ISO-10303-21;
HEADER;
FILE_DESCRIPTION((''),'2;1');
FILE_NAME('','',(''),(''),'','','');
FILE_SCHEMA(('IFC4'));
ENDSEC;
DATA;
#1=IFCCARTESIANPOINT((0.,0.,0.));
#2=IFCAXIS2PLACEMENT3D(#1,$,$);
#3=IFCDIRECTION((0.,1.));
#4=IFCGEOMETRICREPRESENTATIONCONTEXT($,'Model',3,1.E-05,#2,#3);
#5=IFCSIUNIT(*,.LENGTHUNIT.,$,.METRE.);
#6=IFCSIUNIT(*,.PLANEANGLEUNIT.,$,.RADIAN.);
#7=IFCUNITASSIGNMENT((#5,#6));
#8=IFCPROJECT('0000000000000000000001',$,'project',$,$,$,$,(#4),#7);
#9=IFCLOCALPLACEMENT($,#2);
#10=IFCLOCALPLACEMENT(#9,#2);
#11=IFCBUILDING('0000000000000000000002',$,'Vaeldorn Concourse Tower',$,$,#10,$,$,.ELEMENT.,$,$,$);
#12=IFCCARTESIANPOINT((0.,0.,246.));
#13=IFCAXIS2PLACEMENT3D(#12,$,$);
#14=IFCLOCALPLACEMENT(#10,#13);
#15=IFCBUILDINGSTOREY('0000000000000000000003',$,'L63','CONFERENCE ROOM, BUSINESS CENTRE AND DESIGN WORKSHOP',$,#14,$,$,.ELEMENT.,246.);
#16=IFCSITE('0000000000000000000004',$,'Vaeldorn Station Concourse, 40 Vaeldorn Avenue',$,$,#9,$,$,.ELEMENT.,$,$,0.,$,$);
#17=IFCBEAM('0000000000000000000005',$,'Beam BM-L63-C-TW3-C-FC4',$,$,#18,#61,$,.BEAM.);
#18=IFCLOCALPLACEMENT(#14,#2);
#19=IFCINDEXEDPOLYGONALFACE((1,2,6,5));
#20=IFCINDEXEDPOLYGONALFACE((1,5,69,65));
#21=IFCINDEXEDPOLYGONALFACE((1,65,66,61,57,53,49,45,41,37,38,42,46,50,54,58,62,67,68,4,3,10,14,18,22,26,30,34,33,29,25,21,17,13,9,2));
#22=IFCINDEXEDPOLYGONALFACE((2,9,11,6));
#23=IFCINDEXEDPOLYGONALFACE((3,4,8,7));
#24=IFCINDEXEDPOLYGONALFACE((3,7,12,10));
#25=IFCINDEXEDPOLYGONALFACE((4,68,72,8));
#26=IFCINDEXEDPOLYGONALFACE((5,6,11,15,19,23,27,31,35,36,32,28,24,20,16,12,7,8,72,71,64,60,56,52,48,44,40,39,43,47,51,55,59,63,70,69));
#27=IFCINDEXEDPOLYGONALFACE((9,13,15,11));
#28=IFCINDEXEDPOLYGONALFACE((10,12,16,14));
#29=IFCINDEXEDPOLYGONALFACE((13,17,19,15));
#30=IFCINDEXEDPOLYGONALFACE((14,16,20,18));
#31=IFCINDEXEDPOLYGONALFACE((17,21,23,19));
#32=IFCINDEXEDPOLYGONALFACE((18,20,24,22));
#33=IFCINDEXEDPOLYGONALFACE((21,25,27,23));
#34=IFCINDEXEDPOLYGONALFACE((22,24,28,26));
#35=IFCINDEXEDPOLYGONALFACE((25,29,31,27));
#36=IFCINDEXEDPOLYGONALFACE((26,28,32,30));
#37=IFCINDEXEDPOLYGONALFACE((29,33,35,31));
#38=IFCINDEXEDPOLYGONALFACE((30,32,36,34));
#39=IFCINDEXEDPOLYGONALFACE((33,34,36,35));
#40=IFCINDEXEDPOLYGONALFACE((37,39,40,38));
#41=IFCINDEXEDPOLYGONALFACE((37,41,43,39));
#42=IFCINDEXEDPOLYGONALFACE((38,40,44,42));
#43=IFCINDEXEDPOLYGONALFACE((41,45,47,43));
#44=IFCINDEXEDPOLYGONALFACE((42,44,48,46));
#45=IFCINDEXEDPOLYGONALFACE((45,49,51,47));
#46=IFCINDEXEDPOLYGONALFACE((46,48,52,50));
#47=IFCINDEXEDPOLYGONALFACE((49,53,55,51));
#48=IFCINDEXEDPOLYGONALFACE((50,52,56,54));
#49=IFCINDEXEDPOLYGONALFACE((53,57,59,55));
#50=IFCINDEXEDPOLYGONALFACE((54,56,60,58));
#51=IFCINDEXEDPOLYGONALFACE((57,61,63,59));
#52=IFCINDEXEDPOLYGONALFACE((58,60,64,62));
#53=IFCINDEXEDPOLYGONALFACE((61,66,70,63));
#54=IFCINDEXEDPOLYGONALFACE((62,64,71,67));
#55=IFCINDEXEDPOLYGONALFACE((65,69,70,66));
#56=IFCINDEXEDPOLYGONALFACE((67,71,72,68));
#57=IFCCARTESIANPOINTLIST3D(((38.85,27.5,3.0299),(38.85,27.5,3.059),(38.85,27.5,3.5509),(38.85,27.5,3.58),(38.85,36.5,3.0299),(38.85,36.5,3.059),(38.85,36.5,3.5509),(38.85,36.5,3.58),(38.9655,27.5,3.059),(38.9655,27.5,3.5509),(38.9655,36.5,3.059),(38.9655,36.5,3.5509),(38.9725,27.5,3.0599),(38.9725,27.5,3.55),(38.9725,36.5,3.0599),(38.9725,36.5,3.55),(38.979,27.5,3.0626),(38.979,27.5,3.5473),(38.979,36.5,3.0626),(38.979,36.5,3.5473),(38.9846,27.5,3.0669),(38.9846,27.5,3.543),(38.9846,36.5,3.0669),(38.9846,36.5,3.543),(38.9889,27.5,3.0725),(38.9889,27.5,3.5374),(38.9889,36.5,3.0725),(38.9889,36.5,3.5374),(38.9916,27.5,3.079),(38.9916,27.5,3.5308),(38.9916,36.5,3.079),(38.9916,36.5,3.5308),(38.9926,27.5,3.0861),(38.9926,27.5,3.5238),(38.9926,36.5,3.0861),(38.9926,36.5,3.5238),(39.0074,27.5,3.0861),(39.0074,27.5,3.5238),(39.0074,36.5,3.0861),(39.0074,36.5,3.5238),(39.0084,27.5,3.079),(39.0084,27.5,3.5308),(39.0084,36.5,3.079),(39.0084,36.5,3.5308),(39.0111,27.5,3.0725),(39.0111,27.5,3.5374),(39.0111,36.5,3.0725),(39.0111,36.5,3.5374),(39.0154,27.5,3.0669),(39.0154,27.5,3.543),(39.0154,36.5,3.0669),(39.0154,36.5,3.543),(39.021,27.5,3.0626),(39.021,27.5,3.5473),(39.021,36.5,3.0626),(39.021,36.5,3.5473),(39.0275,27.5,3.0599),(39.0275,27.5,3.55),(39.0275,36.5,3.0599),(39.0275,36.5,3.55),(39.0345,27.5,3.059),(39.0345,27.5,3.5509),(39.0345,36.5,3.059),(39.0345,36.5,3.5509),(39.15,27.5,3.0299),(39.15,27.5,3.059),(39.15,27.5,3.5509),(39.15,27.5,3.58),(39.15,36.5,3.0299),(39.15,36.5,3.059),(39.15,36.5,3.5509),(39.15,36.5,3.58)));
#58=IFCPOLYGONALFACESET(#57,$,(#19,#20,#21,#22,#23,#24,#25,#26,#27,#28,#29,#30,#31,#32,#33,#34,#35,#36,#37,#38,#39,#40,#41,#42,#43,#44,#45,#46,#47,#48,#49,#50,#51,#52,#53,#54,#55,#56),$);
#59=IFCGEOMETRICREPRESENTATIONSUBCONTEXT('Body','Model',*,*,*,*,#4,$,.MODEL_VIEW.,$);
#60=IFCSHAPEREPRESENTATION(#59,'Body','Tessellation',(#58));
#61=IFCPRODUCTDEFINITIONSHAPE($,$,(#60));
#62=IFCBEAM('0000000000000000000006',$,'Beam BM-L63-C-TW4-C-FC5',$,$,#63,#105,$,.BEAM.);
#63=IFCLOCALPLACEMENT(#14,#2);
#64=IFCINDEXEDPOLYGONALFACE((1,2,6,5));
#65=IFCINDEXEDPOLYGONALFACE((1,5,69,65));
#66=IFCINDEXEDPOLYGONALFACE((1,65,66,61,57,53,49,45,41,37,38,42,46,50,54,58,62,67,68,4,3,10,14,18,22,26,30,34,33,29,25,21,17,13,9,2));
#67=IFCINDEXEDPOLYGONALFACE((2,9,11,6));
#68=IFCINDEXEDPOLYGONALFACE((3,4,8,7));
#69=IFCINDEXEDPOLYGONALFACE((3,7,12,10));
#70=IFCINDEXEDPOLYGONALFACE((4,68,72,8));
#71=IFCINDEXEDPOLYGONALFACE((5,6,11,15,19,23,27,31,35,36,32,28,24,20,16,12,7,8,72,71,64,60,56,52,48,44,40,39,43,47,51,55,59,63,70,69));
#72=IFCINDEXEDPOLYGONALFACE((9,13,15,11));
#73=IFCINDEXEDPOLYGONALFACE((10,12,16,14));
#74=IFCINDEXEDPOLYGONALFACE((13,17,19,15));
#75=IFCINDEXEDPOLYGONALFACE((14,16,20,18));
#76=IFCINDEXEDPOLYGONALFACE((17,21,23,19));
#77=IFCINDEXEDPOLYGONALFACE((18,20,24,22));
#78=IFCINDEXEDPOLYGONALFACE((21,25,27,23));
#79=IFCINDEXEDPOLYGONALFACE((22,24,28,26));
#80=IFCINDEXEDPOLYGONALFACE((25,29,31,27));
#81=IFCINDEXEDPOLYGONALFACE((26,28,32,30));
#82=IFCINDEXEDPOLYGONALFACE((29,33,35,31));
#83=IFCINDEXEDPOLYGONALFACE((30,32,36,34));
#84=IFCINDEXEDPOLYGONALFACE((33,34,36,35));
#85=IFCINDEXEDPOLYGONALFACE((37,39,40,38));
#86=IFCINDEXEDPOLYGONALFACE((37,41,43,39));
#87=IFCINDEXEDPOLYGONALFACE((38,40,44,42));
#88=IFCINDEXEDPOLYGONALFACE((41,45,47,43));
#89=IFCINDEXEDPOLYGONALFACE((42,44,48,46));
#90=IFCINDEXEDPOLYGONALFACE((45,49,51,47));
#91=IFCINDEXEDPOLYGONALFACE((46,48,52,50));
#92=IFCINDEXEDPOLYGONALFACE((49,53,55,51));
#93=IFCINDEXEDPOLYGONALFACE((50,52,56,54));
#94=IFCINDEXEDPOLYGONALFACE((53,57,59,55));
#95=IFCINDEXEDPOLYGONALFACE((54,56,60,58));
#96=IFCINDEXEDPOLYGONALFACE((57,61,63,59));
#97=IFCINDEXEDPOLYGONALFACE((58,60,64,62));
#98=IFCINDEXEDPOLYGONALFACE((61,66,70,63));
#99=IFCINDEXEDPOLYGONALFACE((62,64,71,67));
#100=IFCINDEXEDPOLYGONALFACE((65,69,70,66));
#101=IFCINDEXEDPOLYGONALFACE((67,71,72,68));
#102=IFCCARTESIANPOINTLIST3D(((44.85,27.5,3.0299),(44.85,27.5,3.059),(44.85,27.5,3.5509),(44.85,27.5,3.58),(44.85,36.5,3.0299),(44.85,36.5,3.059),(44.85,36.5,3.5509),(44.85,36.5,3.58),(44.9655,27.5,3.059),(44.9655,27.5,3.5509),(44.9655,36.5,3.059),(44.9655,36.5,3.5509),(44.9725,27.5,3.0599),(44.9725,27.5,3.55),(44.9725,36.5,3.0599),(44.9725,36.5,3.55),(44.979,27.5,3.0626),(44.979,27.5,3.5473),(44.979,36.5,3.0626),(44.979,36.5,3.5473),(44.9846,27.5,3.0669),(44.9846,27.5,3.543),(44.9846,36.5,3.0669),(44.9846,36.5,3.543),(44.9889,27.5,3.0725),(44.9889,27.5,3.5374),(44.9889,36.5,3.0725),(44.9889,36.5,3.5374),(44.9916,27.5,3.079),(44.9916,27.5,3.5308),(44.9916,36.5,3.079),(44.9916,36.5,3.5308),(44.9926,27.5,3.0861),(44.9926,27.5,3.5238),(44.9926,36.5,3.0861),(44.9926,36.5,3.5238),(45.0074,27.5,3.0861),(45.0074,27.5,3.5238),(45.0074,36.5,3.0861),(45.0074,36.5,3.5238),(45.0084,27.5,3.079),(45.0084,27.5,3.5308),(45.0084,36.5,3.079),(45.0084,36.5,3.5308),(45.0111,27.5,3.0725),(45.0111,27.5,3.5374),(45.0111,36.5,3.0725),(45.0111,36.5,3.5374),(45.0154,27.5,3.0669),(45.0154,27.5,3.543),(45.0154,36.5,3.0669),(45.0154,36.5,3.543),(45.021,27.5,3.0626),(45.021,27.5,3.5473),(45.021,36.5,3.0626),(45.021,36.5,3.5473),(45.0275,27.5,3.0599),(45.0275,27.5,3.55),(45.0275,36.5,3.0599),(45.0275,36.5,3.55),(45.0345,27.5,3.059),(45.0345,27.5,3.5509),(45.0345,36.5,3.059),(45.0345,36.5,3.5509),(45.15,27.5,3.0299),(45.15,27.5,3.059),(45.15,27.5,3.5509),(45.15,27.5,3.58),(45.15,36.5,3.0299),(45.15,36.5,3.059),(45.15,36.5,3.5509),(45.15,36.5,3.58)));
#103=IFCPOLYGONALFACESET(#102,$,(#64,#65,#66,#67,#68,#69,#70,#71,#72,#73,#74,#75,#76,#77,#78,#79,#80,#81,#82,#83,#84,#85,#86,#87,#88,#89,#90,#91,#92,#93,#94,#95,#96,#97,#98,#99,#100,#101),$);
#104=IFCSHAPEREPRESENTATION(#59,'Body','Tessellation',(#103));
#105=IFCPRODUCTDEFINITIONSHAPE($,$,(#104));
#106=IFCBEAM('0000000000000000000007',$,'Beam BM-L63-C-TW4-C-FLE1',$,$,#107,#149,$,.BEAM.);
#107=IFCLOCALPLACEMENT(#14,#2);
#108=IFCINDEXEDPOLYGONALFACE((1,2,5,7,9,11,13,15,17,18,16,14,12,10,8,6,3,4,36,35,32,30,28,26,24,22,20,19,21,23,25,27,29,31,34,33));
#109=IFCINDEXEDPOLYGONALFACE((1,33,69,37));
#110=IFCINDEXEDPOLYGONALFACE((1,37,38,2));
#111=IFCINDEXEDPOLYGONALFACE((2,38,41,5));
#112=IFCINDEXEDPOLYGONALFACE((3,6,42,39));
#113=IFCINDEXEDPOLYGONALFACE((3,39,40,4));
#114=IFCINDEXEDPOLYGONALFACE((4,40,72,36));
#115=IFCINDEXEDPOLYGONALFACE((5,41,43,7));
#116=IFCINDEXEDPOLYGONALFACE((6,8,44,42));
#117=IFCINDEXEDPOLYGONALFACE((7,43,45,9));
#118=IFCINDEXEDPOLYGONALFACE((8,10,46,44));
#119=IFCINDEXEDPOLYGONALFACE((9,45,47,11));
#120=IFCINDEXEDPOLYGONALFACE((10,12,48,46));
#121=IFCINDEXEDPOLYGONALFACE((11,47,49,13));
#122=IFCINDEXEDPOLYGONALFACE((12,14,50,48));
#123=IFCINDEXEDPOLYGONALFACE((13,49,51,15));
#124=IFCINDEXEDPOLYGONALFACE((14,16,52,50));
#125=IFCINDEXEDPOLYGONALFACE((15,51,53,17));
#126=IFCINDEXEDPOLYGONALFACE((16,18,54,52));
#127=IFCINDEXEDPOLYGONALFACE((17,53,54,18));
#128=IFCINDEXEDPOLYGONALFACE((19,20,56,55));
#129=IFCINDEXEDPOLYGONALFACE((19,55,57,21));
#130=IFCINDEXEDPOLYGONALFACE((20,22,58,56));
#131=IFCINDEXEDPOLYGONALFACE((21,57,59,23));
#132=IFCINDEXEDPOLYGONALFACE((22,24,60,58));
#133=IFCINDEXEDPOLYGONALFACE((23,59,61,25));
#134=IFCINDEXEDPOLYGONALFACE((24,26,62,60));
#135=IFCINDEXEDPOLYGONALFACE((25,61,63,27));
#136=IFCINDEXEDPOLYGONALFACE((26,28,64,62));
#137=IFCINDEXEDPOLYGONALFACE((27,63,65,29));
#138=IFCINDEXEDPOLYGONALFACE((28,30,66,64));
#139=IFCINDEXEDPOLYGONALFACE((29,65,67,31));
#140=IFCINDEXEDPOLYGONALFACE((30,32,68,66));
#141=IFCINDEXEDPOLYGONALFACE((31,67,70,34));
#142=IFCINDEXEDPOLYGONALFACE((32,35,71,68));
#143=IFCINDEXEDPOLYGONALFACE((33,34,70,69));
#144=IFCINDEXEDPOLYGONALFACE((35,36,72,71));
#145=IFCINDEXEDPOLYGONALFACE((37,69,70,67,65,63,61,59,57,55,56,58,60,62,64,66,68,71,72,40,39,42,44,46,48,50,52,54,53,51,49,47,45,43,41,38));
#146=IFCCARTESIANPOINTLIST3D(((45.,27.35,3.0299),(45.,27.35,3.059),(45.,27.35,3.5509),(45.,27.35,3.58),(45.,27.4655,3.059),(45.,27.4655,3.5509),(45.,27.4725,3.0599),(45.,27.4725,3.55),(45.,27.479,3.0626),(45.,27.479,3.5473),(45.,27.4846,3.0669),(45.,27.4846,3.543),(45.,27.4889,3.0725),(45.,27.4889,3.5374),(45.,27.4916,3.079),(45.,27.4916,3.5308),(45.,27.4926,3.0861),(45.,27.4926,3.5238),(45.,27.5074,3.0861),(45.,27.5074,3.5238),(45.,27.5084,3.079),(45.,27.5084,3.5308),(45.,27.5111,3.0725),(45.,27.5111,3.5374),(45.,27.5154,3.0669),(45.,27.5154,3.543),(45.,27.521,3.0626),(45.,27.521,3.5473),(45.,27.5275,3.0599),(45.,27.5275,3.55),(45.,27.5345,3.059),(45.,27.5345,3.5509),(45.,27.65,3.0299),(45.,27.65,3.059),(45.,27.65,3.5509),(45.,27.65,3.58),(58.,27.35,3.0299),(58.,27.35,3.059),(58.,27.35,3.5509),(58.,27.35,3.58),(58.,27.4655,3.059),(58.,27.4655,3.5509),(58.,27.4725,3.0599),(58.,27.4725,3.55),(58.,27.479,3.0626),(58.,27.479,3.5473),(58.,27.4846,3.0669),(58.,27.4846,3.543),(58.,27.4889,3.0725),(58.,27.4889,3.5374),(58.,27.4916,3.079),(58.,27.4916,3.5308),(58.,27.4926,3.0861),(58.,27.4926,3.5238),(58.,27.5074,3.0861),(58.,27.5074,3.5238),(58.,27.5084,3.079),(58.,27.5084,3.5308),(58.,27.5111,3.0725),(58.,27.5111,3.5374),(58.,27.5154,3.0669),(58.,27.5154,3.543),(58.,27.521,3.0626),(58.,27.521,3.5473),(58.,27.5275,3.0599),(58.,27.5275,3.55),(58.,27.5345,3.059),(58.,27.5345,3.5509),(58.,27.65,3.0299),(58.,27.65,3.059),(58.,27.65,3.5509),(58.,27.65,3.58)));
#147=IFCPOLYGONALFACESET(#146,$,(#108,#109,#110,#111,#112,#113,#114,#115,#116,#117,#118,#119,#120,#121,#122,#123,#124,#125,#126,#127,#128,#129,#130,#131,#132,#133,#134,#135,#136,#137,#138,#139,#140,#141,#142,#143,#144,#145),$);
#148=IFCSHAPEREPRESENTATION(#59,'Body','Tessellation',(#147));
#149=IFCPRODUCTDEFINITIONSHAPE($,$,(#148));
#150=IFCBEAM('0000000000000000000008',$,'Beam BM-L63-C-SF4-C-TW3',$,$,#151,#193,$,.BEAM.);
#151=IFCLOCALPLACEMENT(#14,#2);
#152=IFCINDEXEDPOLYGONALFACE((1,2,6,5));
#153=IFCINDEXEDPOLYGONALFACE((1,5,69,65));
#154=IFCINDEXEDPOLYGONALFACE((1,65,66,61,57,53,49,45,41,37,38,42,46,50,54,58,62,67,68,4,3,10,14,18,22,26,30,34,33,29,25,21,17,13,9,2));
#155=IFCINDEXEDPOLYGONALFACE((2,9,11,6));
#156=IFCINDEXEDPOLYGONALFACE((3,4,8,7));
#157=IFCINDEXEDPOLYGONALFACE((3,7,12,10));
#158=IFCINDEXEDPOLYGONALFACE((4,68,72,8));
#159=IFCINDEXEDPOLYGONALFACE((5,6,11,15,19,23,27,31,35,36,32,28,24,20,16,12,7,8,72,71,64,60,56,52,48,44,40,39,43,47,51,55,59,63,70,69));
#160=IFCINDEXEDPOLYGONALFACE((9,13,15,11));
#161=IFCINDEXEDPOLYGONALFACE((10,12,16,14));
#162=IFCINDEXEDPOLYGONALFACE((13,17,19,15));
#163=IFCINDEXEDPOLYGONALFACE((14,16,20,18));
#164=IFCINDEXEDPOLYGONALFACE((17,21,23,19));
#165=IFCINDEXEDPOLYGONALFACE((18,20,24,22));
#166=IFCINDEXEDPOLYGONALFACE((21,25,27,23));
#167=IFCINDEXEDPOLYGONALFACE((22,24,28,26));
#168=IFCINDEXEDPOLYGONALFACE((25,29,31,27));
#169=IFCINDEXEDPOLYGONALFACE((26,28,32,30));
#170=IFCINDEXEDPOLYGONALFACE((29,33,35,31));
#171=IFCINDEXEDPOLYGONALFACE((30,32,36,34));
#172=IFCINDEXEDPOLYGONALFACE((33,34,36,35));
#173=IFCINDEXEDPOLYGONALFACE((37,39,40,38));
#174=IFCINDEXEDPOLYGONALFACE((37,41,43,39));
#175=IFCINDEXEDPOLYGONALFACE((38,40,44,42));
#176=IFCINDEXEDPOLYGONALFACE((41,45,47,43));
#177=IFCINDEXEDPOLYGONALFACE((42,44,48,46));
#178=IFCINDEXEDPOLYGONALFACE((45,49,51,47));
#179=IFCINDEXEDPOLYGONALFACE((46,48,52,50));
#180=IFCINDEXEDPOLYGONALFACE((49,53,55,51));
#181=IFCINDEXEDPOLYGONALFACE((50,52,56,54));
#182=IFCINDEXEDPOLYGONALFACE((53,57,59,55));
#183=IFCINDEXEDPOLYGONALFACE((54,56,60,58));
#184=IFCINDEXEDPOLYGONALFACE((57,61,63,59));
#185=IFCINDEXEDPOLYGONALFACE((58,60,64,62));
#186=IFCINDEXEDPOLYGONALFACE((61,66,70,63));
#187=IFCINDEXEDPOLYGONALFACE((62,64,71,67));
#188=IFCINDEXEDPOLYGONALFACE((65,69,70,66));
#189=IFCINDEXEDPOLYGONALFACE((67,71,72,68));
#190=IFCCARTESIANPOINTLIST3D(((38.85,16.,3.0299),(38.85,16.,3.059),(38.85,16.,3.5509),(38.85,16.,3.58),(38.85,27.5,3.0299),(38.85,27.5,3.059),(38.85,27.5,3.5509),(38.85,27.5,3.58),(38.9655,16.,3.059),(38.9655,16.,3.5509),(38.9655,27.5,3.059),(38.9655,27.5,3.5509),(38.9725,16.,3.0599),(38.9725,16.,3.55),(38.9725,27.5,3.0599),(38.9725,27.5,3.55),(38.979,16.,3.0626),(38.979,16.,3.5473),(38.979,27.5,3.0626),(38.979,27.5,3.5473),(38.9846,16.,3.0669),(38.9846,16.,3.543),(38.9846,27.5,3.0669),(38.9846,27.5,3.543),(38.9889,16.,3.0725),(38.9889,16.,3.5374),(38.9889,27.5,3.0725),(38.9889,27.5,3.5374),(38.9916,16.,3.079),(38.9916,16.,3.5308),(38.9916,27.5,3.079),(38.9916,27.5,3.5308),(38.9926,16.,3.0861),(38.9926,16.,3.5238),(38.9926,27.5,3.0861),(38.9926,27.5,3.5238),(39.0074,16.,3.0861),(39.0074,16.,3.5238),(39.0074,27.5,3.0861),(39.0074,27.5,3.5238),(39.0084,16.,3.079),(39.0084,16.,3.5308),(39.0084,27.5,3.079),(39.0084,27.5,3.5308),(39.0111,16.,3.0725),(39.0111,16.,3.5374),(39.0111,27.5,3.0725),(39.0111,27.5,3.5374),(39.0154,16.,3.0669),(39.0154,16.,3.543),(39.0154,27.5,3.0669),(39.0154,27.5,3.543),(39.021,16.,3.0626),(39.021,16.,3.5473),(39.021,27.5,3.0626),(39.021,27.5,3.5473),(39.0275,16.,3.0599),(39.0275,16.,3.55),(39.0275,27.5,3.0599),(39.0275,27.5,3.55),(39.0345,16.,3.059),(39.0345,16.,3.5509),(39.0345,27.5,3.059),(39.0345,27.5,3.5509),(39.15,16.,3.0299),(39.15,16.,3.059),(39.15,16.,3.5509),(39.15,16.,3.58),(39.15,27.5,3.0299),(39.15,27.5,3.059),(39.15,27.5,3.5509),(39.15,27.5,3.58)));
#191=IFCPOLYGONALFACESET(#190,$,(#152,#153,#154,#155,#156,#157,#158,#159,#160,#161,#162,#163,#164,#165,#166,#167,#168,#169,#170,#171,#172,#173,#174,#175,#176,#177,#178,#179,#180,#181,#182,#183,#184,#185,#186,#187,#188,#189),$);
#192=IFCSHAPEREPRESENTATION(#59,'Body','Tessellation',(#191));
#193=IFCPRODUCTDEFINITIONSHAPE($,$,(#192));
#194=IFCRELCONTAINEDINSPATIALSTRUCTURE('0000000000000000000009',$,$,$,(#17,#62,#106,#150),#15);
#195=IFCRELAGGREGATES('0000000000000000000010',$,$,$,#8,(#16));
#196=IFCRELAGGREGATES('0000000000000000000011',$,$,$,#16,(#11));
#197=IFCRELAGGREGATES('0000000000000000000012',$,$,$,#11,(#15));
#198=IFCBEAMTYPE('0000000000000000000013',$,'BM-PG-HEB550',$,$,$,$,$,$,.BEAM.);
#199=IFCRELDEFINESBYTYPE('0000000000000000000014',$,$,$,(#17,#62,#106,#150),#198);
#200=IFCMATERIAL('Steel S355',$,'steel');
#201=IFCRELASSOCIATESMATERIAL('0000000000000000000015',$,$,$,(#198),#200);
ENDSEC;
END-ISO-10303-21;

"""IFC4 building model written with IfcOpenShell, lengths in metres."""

from ifc_helpers import new_model, si_unit, direction, frame, origin, origin_2d, place, context, subcontext, project, spatial, i_section, extrude, source, transform, mapped, material, material_profile, profile_set, type_object, element, save


model = new_model("IFC4")

# Units and contexts
model_context = context("Model", 3, precision=1e-05, world=origin(), true_north=direction((0.0, 1.0)))
body_context = subcontext(model_context, "Body", "Model", "MODEL_VIEW")
ifc_project = project(units=[si_unit("LENGTHUNIT", "METRE"), si_unit("PLANEANGLEUNIT", "RADIAN")], contexts=[model_context])

# Site, building, storey
site_placement = place(None, origin())
site = spatial("IfcSite", under=ifc_project, at=site_placement, Name="Vaeldorn Station Concourse, 40 Vaeldorn Avenue", CompositionType="ELEMENT", RefElevation=0.0)
building_placement = place(site_placement, origin())
building = spatial("IfcBuilding", under=site, at=building_placement, Name="Vaeldorn Concourse Tower", CompositionType="ELEMENT")
storey_placement = place(building_placement, frame((0.0, 0.0, 246.0)))
storey = spatial("IfcBuildingStorey", under=building, at=storey_placement, Name="L63", Description="CONFERENCE ROOM, BUSINESS CENTRE AND DESIGN WORKSHOP", CompositionType="ELEMENT", Elevation=246.0)

# Shared definitions
ifc_material_1 = material(Name="Steel S355", Category="steel")

# Beams
ifc_material_profile_1 = material_profile(ifc_material_1, i_section(OverallWidth=0.3, OverallDepth=0.55, WebThickness=0.0149, FlangeThickness=0.0291, FilletRadius=0.0271, at=origin_2d()), Name="HEB 550")
ifc_profile_set_1 = profile_set([ifc_material_profile_1], Name="Steel S355")
beam_type_1 = type_object("IfcBeamType", Name="BM-PG-HEB550", PredefinedType="BEAM", material=ifc_profile_set_1)
shared_shape_1 = source(origin(), body_context, "Body", "SweptSolid", [
    extrude(i_section(OverallWidth=0.3, OverallDepth=0.55, WebThickness=0.0149, FlangeThickness=0.0291, FilletRadius=0.0271, at=origin_2d()), origin(), (0.0, 0.0, 1.0), 9.0),
])
for number, where, z_axis, x_axis, name in (
    (1, (39.0, 27.5, 3.3049), (0.0, 1.0, 0.0), (-1.0, 0.0, 0.0), "Beam BM-L63-C-TW3-C-FC4"),
    (2, (45.0, 27.5, 3.3049), (0.0, 1.0, 0.0), (-1.0, 0.0, 0.0), "Beam BM-L63-C-TW4-C-FC5"),
):
    element("IfcBeam", number, at=place(storey_placement, frame(where, z_axis=z_axis, x_axis=x_axis)), inside=storey, type_object=beam_type_1, Name=name, PredefinedType="BEAM", context=body_context, shape_type="MappedRepresentation", body=[
        mapped(shared_shape_1, transform((0.0, 0.0, 0.0), scale=1.0)),
    ])
shared_shape_2 = source(origin(), body_context, "Body", "SweptSolid", [
    extrude(i_section(OverallWidth=0.3, OverallDepth=0.55, WebThickness=0.0149, FlangeThickness=0.0291, FilletRadius=0.0271, at=origin_2d()), origin(), (0.0, 0.0, 1.0), 13.0),
])
beam_1_placement = place(storey_placement, frame((45.0, 27.5, 3.3049), z_axis=(1.0, 0.0, 0.0), x_axis=(0.0, 1.0, 0.0)))
element("IfcBeam", 3, at=beam_1_placement, inside=storey, type_object=beam_type_1, Name="Beam BM-L63-C-TW4-C-FLE1", PredefinedType="BEAM", context=body_context, shape_type="MappedRepresentation", body=[
    mapped(shared_shape_2, transform((0.0, 0.0, 0.0), scale=1.0)),
])
shared_shape_3 = source(origin(), body_context, "Body", "SweptSolid", [
    extrude(i_section(OverallWidth=0.3, OverallDepth=0.55, WebThickness=0.0149, FlangeThickness=0.0291, FilletRadius=0.0271, at=origin_2d()), origin(), (0.0, 0.0, 1.0), 11.5),
])
beam_2_placement = place(storey_placement, frame((39.0, 16.0, 3.3049), z_axis=(0.0, 1.0, 0.0), x_axis=(-1.0, 0.0, 0.0)))
element("IfcBeam", 4, at=beam_2_placement, inside=storey, type_object=beam_type_1, Name="Beam BM-L63-C-SF4-C-TW3", PredefinedType="BEAM", context=body_context, shape_type="MappedRepresentation", body=[
    mapped(shared_shape_3, transform((0.0, 0.0, 0.0), scale=1.0)),
])

save(model, "model.ifc")
